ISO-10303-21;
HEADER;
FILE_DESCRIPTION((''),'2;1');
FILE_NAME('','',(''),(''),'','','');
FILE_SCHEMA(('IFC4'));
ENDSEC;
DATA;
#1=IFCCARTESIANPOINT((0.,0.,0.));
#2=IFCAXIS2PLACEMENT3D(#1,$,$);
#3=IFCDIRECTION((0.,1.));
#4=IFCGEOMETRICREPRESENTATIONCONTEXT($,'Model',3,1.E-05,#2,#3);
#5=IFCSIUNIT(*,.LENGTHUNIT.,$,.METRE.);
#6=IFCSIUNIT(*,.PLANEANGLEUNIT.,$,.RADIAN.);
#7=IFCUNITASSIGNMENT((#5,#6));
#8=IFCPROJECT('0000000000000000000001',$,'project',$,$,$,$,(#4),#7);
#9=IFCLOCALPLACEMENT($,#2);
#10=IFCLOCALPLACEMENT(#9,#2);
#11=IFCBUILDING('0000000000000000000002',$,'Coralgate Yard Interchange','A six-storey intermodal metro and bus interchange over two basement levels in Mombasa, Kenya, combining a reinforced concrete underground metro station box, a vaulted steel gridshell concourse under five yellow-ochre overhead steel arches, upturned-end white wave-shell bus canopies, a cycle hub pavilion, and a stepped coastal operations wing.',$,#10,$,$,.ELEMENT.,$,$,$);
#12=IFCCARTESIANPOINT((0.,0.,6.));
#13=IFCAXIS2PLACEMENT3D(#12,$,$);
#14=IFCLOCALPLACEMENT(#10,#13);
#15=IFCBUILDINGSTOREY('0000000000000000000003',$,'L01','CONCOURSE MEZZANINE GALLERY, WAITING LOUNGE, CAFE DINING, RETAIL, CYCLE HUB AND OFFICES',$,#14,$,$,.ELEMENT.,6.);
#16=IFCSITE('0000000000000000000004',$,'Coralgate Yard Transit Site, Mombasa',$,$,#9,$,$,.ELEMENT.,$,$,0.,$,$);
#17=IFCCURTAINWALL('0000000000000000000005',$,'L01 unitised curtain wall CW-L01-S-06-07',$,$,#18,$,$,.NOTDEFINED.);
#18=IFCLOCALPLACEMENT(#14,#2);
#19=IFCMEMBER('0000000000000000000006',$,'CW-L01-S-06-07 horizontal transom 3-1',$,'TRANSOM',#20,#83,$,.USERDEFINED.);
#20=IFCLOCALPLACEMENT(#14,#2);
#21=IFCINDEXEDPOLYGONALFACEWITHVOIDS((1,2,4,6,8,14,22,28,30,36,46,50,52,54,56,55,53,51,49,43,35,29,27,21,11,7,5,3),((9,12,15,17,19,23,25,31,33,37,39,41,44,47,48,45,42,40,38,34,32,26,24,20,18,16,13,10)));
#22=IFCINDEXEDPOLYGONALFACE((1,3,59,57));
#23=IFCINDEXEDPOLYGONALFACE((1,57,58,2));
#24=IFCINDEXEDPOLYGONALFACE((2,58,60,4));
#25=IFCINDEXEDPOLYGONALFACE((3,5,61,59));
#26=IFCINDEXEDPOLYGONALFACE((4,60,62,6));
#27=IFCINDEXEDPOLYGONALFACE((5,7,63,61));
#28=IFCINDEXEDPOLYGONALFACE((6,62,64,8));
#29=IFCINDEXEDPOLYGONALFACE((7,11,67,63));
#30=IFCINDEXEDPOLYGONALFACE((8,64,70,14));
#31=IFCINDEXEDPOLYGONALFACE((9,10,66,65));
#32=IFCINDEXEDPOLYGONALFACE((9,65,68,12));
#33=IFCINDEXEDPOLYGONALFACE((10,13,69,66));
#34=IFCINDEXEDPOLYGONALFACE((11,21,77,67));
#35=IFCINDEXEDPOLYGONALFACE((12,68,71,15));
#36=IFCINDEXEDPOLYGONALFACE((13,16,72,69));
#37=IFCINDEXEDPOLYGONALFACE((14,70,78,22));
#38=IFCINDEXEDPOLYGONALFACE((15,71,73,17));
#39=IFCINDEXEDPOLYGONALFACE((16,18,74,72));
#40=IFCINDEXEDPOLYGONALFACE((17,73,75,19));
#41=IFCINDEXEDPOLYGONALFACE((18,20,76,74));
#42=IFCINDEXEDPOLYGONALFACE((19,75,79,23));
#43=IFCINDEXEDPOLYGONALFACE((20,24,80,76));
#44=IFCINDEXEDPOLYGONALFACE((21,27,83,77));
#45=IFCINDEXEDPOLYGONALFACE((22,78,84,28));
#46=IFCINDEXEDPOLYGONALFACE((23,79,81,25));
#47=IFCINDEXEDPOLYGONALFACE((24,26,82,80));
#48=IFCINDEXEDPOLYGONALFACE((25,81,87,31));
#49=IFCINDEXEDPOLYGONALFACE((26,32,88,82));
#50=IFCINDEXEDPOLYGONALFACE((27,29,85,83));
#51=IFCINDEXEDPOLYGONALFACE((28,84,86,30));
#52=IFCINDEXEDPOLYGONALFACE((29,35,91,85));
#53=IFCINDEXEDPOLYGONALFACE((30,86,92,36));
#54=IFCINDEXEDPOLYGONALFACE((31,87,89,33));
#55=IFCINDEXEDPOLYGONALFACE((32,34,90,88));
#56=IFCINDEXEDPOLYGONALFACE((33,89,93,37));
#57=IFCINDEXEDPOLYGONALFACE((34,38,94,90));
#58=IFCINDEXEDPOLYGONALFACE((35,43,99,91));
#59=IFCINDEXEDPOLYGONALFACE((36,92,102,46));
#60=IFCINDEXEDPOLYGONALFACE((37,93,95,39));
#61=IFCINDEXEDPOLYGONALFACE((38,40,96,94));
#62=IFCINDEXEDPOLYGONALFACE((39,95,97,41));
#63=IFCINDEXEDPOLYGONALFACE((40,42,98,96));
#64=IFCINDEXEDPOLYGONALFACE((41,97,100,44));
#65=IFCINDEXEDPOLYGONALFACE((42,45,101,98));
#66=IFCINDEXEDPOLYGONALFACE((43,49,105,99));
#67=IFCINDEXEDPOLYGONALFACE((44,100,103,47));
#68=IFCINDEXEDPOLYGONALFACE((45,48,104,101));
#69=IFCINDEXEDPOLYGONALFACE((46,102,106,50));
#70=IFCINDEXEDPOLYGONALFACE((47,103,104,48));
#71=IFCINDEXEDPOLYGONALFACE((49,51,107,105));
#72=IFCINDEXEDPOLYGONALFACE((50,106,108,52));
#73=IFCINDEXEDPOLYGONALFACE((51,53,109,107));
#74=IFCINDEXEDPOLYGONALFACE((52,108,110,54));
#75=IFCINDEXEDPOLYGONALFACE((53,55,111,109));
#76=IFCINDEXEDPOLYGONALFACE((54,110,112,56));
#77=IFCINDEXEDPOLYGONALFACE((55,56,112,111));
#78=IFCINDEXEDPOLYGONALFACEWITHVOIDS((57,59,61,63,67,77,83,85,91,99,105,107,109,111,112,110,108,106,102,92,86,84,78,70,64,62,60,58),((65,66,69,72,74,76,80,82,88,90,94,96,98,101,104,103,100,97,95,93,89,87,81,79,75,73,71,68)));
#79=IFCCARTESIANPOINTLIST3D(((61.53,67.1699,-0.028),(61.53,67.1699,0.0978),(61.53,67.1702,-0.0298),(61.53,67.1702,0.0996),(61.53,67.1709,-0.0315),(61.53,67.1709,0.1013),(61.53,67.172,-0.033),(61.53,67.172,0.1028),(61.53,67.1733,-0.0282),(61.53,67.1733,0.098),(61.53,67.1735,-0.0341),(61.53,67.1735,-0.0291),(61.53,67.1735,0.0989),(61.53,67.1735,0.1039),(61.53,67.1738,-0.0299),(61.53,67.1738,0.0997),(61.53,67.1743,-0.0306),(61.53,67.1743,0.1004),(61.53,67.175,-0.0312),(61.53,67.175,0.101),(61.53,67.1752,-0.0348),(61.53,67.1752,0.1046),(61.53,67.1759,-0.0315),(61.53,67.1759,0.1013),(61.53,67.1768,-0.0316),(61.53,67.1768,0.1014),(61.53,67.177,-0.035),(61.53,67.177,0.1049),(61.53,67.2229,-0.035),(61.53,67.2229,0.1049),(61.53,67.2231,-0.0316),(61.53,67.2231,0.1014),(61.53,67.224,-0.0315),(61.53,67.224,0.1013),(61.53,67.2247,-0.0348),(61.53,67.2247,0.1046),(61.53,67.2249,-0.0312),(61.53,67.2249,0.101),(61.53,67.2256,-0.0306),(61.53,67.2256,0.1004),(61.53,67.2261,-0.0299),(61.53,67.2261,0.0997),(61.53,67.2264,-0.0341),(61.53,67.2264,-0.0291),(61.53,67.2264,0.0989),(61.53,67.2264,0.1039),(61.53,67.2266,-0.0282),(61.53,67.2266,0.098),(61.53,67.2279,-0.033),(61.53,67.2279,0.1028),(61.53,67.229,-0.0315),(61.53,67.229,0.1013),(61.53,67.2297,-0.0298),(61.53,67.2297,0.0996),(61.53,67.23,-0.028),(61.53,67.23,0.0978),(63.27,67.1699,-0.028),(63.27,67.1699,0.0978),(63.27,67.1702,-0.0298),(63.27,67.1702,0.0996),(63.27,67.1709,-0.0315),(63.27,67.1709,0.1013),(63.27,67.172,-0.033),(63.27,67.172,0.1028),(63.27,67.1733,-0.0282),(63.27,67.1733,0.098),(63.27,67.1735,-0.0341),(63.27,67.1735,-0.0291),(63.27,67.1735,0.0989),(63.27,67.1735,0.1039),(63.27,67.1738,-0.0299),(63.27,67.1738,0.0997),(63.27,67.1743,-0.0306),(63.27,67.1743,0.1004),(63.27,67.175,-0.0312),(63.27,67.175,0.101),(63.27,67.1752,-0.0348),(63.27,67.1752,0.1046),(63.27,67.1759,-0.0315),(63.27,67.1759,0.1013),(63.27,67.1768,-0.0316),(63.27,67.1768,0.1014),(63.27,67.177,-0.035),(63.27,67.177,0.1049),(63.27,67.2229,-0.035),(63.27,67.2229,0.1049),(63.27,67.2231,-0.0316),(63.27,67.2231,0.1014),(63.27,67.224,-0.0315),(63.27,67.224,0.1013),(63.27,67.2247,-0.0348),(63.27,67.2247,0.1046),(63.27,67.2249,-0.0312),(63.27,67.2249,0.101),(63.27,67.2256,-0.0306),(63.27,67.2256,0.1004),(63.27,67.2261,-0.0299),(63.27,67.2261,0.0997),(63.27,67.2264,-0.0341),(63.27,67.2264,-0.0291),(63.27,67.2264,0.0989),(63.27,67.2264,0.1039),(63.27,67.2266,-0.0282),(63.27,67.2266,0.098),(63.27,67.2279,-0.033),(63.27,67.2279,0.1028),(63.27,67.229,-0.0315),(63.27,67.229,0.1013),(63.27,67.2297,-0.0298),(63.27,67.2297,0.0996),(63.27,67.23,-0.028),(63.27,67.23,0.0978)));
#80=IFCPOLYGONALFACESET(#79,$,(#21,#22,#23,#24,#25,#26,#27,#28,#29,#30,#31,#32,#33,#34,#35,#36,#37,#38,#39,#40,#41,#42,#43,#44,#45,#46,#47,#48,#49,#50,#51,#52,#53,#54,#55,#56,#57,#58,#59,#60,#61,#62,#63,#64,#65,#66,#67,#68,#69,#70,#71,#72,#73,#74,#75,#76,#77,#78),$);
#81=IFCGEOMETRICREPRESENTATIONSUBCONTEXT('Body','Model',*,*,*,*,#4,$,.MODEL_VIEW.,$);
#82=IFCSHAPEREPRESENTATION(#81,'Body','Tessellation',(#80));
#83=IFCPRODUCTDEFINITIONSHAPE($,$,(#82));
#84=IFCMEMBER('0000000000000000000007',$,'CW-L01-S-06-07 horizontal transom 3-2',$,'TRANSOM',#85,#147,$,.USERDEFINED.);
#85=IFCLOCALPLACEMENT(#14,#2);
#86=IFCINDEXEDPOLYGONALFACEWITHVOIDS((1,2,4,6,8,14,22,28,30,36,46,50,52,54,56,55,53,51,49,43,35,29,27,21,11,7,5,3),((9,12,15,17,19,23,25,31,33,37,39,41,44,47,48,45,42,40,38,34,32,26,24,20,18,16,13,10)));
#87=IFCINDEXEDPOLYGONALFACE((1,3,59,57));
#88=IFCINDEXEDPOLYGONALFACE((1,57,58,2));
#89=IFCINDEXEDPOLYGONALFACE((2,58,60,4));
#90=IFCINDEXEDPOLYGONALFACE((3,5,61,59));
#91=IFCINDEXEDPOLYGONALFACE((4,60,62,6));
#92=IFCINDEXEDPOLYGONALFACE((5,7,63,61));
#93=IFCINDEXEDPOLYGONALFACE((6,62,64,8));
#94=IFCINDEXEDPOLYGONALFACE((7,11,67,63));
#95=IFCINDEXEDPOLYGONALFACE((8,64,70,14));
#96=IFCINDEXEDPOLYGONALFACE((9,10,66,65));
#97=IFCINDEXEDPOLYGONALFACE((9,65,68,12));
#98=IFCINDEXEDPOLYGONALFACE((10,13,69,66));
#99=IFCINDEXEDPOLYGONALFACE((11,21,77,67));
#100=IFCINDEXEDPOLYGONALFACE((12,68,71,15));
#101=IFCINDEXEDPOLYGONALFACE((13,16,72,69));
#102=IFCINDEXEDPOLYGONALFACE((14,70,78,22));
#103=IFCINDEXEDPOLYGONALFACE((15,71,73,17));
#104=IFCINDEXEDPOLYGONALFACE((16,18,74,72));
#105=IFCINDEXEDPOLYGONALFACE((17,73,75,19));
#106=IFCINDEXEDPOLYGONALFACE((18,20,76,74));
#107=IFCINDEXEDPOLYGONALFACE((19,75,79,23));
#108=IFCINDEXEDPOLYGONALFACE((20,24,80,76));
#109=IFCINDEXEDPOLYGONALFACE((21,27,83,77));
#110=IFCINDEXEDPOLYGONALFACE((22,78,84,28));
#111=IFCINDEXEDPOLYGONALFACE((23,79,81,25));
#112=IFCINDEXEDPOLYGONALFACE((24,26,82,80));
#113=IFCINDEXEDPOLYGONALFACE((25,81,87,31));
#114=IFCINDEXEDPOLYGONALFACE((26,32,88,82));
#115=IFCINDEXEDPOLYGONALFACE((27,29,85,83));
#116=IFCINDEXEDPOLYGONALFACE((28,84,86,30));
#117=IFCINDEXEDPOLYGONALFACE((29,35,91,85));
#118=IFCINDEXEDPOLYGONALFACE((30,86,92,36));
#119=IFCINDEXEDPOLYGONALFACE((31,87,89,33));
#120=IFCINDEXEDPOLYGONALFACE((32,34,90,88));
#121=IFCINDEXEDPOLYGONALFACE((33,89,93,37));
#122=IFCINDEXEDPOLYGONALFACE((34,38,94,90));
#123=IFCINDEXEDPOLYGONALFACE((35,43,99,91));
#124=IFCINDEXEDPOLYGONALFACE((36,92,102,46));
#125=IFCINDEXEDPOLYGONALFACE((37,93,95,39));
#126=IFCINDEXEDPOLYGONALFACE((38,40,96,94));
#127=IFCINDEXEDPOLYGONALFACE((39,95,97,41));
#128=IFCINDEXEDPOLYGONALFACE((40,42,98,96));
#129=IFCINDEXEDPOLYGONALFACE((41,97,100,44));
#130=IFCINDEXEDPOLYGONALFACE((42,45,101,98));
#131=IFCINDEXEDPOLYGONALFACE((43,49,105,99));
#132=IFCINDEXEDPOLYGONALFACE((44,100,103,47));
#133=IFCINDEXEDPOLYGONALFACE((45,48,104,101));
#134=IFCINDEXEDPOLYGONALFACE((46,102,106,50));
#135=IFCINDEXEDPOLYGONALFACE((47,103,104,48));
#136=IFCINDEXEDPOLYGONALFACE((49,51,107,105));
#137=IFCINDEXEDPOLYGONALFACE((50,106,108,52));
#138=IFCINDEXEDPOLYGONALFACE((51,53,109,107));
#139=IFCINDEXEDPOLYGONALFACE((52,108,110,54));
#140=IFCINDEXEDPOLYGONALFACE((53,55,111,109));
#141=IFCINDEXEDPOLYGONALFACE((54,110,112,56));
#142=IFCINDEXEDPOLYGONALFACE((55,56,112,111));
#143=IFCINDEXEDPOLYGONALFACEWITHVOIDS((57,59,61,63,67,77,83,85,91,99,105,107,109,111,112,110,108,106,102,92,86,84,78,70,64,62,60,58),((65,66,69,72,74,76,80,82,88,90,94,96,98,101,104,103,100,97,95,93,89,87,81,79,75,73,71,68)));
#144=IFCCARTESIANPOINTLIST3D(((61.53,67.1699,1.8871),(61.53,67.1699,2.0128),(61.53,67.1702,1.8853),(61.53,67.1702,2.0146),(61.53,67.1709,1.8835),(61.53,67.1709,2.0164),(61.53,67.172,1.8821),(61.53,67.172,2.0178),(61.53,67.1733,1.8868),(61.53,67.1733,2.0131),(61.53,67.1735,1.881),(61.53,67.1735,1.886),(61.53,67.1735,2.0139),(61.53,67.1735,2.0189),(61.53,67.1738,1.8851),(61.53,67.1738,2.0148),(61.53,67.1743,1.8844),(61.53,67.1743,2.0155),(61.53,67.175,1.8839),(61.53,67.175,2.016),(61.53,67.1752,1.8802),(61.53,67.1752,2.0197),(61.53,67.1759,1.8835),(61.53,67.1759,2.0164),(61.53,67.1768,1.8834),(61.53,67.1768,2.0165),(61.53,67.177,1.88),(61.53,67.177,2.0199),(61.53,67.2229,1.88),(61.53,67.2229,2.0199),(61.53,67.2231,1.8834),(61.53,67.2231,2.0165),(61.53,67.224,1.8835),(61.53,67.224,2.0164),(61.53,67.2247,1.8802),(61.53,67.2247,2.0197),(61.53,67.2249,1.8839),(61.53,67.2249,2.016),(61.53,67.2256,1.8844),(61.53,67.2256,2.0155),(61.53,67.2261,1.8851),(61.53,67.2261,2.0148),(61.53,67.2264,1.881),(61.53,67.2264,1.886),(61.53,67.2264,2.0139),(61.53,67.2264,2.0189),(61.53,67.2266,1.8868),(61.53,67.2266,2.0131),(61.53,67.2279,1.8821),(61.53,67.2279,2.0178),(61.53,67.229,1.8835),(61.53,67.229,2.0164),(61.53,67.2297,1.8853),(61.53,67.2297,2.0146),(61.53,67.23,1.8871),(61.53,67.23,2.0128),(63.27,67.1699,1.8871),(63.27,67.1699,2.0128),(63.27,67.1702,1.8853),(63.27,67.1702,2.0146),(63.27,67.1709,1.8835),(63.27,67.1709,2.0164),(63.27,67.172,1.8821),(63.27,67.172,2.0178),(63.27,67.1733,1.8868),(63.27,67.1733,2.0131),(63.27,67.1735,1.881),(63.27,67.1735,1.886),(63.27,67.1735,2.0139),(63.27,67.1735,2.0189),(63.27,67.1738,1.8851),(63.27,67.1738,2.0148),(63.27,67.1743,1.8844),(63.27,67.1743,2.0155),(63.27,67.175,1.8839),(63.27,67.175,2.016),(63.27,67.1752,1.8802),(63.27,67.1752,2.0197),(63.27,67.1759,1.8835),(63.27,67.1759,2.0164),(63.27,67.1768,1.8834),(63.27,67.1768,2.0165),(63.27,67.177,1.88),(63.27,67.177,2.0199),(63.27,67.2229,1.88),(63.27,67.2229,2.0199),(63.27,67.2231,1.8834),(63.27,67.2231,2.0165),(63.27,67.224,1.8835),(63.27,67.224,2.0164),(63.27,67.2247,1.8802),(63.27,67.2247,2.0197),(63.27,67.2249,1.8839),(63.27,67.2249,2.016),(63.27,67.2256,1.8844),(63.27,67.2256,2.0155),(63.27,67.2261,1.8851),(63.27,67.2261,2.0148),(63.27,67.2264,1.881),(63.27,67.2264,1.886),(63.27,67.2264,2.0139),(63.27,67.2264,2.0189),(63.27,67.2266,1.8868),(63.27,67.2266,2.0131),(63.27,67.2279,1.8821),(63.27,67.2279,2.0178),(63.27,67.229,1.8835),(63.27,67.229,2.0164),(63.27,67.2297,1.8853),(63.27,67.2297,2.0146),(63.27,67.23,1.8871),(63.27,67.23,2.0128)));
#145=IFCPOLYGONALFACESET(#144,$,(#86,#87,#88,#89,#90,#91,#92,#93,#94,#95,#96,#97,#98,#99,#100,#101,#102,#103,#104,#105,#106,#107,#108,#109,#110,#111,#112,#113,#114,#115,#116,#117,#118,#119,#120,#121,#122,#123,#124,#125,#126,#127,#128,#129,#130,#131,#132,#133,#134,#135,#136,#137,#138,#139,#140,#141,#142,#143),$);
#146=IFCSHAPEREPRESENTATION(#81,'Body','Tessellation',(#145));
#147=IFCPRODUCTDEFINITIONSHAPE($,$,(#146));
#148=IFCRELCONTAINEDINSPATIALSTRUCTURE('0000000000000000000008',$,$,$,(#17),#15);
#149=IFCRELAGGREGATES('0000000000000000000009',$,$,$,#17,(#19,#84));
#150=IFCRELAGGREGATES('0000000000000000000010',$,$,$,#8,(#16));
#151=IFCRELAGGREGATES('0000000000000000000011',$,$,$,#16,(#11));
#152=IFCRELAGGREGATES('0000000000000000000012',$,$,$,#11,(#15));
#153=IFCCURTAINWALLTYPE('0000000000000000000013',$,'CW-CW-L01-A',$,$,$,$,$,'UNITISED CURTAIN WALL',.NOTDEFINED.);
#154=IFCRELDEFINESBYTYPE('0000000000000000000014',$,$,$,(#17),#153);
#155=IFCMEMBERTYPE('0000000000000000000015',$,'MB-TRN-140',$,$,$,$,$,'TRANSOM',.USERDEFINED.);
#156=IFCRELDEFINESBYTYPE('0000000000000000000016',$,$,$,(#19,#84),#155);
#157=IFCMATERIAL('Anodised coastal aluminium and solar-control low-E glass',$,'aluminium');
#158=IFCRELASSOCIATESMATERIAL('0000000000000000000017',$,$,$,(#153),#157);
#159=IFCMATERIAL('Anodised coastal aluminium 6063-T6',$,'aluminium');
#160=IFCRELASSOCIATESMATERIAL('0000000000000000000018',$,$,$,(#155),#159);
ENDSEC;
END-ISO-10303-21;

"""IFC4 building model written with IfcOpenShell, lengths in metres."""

from ifc_helpers import new_model, si_unit, direction, frame, origin, origin_2d, place, context, subcontext, project, spatial, hollow_rectangle, extrude, material, material_profile, profile_set, type_object, element, aggregate, save


model = new_model("IFC4")

# Units and contexts
model_context = context("Model", 3, precision=1e-05, world=origin(), true_north=direction((0.0, 1.0)))
body_context = subcontext(model_context, "Body", "Model", "MODEL_VIEW")
ifc_project = project(units=[si_unit("LENGTHUNIT", "METRE"), si_unit("PLANEANGLEUNIT", "RADIAN")], contexts=[model_context])

# Site, building, storey
site_placement = place(None, origin())
site = spatial("IfcSite", under=ifc_project, at=site_placement, Name="Coralgate Yard Transit Site, Mombasa", CompositionType="ELEMENT", RefElevation=0.0)
building_placement = place(site_placement, origin())
building = spatial("IfcBuilding", under=site, at=building_placement, Name="Coralgate Yard Interchange", Description="A six-storey intermodal metro and bus interchange over two basement levels in Mombasa, Kenya, combining a reinforced concrete underground metro station box, a vaulted steel gridshell concourse under five yellow-ochre overhead steel arches, upturned-end white wave-shell bus canopies, a cycle hub pavilion, and a stepped coastal operations wing.", CompositionType="ELEMENT")
storey_placement = place(building_placement, frame((0.0, 0.0, 6.0)))
storey = spatial("IfcBuildingStorey", under=building, at=storey_placement, Name="L01", Description="CONCOURSE MEZZANINE GALLERY, WAITING LOUNGE, CAFE DINING, RETAIL, CYCLE HUB AND OFFICES", CompositionType="ELEMENT", Elevation=6.0)

# Curtain wall, members
ifc_material_1 = material(Name="Anodised coastal aluminium and solar-control low-E glass", Category="aluminium")
curtain_wall_type = type_object("IfcCurtainWallType", Name="CW-CW-L01-A", ElementType="UNITISED CURTAIN WALL", PredefinedType="NOTDEFINED", material=ifc_material_1)
curtain_wall_placement = place(storey_placement, origin())
curtain_wall = element("IfcCurtainWall", 1, at=curtain_wall_placement, inside=storey, type_object=curtain_wall_type, Name="L01 unitised curtain wall CW-L01-S-06-07", PredefinedType="NOTDEFINED")
ifc_material_2 = material(Name="Anodised coastal aluminium 6063-T6", Category="aluminium")
ifc_material_profile_1 = material_profile(ifc_material_2, hollow_rectangle(XDim=0.0601, YDim=0.1399, WallThickness=0.0034, InnerFilletRadius=0.0034, OuterFilletRadius=0.0071, at=origin_2d()), Name="ALU 60x140x3.5")
ifc_profile_set_1 = profile_set([ifc_material_profile_1], Name="Anodised coastal aluminium 6063-T6")
member_type_1 = type_object("IfcMemberType", Name="MB-TRN-140", ElementType="TRANSOM", PredefinedType="USERDEFINED", material=ifc_profile_set_1)
member_1_placement = place(storey_placement, frame((63.27, 67.2, 0.0349), z_axis=(-1.0, 0.0, 0.0), x_axis=(0.0, -1.0, 0.0)))
member_1 = element("IfcMember", 2, at=member_1_placement, type_object=member_type_1, Name="CW-L01-S-06-07 horizontal transom 3-1", ObjectType="TRANSOM", PredefinedType="USERDEFINED", context=body_context, shape_type="SweptSolid", body=[
    extrude(hollow_rectangle(XDim=0.0601, YDim=0.1399, WallThickness=0.0034, InnerFilletRadius=0.0034, OuterFilletRadius=0.0071, at=origin_2d()), origin(), (0.0, 0.0, 1.0), 1.74),
])
member_2_placement = place(storey_placement, frame((63.27, 67.2, 1.95), z_axis=(-1.0, 0.0, 0.0), x_axis=(0.0, -1.0, 0.0)))
member_2 = element("IfcMember", 3, at=member_2_placement, type_object=member_type_1, Name="CW-L01-S-06-07 horizontal transom 3-2", ObjectType="TRANSOM", PredefinedType="USERDEFINED", context=body_context, shape_type="SweptSolid", body=[
    extrude(hollow_rectangle(XDim=0.0601, YDim=0.1399, WallThickness=0.0034, InnerFilletRadius=0.0034, OuterFilletRadius=0.0071, at=origin_2d()), origin(), (0.0, 0.0, 1.0), 1.74),
])
aggregate(curtain_wall, [member_1, member_2])

save(model, "model.ifc")
